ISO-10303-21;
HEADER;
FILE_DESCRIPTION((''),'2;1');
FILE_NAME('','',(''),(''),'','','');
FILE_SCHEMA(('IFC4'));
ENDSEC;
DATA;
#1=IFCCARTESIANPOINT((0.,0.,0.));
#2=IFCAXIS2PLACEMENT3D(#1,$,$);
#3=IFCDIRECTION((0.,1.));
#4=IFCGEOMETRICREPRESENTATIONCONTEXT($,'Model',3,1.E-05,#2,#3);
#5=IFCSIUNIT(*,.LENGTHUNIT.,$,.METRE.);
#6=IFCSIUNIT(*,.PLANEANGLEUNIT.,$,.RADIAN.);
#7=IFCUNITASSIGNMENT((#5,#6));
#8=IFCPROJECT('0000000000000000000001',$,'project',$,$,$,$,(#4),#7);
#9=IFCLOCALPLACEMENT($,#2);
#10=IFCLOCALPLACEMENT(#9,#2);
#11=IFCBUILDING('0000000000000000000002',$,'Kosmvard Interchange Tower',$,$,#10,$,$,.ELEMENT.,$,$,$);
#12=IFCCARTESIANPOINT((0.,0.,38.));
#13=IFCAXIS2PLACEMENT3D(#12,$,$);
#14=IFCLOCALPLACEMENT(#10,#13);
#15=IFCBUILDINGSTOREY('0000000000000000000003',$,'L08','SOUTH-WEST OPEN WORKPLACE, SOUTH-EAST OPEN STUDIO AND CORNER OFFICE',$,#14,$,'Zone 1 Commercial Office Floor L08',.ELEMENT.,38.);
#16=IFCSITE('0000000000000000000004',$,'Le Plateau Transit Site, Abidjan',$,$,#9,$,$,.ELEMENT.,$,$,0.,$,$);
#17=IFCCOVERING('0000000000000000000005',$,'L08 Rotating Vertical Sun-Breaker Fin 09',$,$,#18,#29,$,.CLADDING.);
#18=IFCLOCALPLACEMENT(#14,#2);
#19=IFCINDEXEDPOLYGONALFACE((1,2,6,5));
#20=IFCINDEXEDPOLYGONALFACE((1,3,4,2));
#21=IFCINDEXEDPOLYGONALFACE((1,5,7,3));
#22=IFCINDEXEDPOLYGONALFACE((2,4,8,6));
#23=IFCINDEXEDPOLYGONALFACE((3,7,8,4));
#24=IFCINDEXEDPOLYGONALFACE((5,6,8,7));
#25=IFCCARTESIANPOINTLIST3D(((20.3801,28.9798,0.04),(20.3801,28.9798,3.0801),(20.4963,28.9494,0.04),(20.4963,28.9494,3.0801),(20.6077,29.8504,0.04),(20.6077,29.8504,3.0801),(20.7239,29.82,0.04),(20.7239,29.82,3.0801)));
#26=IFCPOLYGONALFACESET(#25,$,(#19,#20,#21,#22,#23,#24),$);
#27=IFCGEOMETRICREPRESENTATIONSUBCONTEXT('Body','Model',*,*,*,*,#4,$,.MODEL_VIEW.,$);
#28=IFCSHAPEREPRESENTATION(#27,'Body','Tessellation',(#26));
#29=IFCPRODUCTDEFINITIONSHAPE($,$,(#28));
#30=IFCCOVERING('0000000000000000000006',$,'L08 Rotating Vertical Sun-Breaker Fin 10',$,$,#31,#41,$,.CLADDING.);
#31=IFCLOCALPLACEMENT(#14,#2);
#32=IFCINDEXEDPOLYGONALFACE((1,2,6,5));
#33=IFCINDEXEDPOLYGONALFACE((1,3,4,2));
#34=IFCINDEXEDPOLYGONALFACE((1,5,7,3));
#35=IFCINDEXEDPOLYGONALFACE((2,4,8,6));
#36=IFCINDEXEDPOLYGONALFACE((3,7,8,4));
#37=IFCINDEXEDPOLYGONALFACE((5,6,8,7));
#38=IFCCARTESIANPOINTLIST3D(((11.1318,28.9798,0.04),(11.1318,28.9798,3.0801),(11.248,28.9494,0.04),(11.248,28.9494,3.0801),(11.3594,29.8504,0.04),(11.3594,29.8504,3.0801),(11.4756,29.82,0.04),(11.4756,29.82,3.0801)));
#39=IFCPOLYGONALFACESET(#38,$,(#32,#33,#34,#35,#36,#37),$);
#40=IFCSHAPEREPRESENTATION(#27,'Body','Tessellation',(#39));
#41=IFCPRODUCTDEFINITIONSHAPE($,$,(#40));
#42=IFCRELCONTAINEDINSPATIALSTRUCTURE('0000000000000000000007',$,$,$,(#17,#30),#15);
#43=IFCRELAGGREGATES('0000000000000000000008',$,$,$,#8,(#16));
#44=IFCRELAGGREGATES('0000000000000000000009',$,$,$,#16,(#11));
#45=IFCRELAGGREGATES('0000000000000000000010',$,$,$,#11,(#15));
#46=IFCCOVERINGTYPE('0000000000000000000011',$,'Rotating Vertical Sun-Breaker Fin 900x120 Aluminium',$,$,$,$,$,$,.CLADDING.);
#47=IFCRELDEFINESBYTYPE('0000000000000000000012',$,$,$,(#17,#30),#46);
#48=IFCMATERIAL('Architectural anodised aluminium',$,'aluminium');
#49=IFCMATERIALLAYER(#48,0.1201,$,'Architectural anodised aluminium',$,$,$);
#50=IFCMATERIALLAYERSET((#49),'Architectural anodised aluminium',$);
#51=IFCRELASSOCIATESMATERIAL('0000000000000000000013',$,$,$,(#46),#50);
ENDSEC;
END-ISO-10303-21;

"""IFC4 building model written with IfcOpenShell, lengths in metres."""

from ifc_helpers import new_model, si_unit, direction, frame, origin, origin_2d, place, context, subcontext, project, spatial, rectangle, extrude, source, transform, mapped, material, layer, layer_set, type_object, element, save


model = new_model("IFC4")

# Units and contexts
model_context = context("Model", 3, precision=1e-05, world=origin(), true_north=direction((0.0, 1.0)))
body_context = subcontext(model_context, "Body", "Model", "MODEL_VIEW")
ifc_project = project(units=[si_unit("LENGTHUNIT", "METRE"), si_unit("PLANEANGLEUNIT", "RADIAN")], contexts=[model_context])

# Site, building, storey
site_placement = place(None, origin())
site = spatial("IfcSite", under=ifc_project, at=site_placement, Name="Le Plateau Transit Site, Abidjan", CompositionType="ELEMENT", RefElevation=0.0)
building_placement = place(site_placement, origin())
building = spatial("IfcBuilding", under=site, at=building_placement, Name="Kosmvard Interchange Tower", CompositionType="ELEMENT")
storey_placement = place(building_placement, frame((0.0, 0.0, 38.0)))
storey = spatial("IfcBuildingStorey", under=building, at=storey_placement, Name="L08", Description="SOUTH-WEST OPEN WORKPLACE, SOUTH-EAST OPEN STUDIO AND CORNER OFFICE", LongName="Zone 1 Commercial Office Floor L08", CompositionType="ELEMENT", Elevation=38.0)

# Coverings
ifc_material_1 = material(Name="Architectural anodised aluminium", Category="aluminium")
ifc_layer_1 = layer(ifc_material_1, 0.1201, Name="Architectural anodised aluminium")
ifc_layer_set_1 = layer_set([ifc_layer_1], Name="Architectural anodised aluminium")
covering_type = type_object("IfcCoveringType", Name="Rotating Vertical Sun-Breaker Fin 900x120 Aluminium", PredefinedType="CLADDING", material=ifc_layer_set_1)
shared_shape_1 = source(origin(), body_context, "Body", "SweptSolid", [
    extrude(rectangle(XDim=0.8999, YDim=0.1201, at=origin_2d()), origin(), (0.0, 0.0, 1.0), 3.04),
])
for number, where, z_axis, x_axis, name in (
    (1, (20.552, 29.3999, 0.04), (0.0, 0.0, 1.0), (0.252914, 0.967489, 0.0), "L08 Rotating Vertical Sun-Breaker Fin 09"),
    (2, (11.3037, 29.3999, 0.04), (0.0, 0.0, 1.0), (0.252914, 0.967489, 0.0), "L08 Rotating Vertical Sun-Breaker Fin 10"),
):
    element("IfcCovering", number, at=place(storey_placement, frame(where, z_axis=z_axis, x_axis=x_axis)), inside=storey, type_object=covering_type, Name=name, PredefinedType="CLADDING", context=body_context, shape_type="MappedRepresentation", body=[
        mapped(shared_shape_1, transform((0.0, 0.0, 0.0), scale=1.0)),
    ])

save(model, "model.ifc")
